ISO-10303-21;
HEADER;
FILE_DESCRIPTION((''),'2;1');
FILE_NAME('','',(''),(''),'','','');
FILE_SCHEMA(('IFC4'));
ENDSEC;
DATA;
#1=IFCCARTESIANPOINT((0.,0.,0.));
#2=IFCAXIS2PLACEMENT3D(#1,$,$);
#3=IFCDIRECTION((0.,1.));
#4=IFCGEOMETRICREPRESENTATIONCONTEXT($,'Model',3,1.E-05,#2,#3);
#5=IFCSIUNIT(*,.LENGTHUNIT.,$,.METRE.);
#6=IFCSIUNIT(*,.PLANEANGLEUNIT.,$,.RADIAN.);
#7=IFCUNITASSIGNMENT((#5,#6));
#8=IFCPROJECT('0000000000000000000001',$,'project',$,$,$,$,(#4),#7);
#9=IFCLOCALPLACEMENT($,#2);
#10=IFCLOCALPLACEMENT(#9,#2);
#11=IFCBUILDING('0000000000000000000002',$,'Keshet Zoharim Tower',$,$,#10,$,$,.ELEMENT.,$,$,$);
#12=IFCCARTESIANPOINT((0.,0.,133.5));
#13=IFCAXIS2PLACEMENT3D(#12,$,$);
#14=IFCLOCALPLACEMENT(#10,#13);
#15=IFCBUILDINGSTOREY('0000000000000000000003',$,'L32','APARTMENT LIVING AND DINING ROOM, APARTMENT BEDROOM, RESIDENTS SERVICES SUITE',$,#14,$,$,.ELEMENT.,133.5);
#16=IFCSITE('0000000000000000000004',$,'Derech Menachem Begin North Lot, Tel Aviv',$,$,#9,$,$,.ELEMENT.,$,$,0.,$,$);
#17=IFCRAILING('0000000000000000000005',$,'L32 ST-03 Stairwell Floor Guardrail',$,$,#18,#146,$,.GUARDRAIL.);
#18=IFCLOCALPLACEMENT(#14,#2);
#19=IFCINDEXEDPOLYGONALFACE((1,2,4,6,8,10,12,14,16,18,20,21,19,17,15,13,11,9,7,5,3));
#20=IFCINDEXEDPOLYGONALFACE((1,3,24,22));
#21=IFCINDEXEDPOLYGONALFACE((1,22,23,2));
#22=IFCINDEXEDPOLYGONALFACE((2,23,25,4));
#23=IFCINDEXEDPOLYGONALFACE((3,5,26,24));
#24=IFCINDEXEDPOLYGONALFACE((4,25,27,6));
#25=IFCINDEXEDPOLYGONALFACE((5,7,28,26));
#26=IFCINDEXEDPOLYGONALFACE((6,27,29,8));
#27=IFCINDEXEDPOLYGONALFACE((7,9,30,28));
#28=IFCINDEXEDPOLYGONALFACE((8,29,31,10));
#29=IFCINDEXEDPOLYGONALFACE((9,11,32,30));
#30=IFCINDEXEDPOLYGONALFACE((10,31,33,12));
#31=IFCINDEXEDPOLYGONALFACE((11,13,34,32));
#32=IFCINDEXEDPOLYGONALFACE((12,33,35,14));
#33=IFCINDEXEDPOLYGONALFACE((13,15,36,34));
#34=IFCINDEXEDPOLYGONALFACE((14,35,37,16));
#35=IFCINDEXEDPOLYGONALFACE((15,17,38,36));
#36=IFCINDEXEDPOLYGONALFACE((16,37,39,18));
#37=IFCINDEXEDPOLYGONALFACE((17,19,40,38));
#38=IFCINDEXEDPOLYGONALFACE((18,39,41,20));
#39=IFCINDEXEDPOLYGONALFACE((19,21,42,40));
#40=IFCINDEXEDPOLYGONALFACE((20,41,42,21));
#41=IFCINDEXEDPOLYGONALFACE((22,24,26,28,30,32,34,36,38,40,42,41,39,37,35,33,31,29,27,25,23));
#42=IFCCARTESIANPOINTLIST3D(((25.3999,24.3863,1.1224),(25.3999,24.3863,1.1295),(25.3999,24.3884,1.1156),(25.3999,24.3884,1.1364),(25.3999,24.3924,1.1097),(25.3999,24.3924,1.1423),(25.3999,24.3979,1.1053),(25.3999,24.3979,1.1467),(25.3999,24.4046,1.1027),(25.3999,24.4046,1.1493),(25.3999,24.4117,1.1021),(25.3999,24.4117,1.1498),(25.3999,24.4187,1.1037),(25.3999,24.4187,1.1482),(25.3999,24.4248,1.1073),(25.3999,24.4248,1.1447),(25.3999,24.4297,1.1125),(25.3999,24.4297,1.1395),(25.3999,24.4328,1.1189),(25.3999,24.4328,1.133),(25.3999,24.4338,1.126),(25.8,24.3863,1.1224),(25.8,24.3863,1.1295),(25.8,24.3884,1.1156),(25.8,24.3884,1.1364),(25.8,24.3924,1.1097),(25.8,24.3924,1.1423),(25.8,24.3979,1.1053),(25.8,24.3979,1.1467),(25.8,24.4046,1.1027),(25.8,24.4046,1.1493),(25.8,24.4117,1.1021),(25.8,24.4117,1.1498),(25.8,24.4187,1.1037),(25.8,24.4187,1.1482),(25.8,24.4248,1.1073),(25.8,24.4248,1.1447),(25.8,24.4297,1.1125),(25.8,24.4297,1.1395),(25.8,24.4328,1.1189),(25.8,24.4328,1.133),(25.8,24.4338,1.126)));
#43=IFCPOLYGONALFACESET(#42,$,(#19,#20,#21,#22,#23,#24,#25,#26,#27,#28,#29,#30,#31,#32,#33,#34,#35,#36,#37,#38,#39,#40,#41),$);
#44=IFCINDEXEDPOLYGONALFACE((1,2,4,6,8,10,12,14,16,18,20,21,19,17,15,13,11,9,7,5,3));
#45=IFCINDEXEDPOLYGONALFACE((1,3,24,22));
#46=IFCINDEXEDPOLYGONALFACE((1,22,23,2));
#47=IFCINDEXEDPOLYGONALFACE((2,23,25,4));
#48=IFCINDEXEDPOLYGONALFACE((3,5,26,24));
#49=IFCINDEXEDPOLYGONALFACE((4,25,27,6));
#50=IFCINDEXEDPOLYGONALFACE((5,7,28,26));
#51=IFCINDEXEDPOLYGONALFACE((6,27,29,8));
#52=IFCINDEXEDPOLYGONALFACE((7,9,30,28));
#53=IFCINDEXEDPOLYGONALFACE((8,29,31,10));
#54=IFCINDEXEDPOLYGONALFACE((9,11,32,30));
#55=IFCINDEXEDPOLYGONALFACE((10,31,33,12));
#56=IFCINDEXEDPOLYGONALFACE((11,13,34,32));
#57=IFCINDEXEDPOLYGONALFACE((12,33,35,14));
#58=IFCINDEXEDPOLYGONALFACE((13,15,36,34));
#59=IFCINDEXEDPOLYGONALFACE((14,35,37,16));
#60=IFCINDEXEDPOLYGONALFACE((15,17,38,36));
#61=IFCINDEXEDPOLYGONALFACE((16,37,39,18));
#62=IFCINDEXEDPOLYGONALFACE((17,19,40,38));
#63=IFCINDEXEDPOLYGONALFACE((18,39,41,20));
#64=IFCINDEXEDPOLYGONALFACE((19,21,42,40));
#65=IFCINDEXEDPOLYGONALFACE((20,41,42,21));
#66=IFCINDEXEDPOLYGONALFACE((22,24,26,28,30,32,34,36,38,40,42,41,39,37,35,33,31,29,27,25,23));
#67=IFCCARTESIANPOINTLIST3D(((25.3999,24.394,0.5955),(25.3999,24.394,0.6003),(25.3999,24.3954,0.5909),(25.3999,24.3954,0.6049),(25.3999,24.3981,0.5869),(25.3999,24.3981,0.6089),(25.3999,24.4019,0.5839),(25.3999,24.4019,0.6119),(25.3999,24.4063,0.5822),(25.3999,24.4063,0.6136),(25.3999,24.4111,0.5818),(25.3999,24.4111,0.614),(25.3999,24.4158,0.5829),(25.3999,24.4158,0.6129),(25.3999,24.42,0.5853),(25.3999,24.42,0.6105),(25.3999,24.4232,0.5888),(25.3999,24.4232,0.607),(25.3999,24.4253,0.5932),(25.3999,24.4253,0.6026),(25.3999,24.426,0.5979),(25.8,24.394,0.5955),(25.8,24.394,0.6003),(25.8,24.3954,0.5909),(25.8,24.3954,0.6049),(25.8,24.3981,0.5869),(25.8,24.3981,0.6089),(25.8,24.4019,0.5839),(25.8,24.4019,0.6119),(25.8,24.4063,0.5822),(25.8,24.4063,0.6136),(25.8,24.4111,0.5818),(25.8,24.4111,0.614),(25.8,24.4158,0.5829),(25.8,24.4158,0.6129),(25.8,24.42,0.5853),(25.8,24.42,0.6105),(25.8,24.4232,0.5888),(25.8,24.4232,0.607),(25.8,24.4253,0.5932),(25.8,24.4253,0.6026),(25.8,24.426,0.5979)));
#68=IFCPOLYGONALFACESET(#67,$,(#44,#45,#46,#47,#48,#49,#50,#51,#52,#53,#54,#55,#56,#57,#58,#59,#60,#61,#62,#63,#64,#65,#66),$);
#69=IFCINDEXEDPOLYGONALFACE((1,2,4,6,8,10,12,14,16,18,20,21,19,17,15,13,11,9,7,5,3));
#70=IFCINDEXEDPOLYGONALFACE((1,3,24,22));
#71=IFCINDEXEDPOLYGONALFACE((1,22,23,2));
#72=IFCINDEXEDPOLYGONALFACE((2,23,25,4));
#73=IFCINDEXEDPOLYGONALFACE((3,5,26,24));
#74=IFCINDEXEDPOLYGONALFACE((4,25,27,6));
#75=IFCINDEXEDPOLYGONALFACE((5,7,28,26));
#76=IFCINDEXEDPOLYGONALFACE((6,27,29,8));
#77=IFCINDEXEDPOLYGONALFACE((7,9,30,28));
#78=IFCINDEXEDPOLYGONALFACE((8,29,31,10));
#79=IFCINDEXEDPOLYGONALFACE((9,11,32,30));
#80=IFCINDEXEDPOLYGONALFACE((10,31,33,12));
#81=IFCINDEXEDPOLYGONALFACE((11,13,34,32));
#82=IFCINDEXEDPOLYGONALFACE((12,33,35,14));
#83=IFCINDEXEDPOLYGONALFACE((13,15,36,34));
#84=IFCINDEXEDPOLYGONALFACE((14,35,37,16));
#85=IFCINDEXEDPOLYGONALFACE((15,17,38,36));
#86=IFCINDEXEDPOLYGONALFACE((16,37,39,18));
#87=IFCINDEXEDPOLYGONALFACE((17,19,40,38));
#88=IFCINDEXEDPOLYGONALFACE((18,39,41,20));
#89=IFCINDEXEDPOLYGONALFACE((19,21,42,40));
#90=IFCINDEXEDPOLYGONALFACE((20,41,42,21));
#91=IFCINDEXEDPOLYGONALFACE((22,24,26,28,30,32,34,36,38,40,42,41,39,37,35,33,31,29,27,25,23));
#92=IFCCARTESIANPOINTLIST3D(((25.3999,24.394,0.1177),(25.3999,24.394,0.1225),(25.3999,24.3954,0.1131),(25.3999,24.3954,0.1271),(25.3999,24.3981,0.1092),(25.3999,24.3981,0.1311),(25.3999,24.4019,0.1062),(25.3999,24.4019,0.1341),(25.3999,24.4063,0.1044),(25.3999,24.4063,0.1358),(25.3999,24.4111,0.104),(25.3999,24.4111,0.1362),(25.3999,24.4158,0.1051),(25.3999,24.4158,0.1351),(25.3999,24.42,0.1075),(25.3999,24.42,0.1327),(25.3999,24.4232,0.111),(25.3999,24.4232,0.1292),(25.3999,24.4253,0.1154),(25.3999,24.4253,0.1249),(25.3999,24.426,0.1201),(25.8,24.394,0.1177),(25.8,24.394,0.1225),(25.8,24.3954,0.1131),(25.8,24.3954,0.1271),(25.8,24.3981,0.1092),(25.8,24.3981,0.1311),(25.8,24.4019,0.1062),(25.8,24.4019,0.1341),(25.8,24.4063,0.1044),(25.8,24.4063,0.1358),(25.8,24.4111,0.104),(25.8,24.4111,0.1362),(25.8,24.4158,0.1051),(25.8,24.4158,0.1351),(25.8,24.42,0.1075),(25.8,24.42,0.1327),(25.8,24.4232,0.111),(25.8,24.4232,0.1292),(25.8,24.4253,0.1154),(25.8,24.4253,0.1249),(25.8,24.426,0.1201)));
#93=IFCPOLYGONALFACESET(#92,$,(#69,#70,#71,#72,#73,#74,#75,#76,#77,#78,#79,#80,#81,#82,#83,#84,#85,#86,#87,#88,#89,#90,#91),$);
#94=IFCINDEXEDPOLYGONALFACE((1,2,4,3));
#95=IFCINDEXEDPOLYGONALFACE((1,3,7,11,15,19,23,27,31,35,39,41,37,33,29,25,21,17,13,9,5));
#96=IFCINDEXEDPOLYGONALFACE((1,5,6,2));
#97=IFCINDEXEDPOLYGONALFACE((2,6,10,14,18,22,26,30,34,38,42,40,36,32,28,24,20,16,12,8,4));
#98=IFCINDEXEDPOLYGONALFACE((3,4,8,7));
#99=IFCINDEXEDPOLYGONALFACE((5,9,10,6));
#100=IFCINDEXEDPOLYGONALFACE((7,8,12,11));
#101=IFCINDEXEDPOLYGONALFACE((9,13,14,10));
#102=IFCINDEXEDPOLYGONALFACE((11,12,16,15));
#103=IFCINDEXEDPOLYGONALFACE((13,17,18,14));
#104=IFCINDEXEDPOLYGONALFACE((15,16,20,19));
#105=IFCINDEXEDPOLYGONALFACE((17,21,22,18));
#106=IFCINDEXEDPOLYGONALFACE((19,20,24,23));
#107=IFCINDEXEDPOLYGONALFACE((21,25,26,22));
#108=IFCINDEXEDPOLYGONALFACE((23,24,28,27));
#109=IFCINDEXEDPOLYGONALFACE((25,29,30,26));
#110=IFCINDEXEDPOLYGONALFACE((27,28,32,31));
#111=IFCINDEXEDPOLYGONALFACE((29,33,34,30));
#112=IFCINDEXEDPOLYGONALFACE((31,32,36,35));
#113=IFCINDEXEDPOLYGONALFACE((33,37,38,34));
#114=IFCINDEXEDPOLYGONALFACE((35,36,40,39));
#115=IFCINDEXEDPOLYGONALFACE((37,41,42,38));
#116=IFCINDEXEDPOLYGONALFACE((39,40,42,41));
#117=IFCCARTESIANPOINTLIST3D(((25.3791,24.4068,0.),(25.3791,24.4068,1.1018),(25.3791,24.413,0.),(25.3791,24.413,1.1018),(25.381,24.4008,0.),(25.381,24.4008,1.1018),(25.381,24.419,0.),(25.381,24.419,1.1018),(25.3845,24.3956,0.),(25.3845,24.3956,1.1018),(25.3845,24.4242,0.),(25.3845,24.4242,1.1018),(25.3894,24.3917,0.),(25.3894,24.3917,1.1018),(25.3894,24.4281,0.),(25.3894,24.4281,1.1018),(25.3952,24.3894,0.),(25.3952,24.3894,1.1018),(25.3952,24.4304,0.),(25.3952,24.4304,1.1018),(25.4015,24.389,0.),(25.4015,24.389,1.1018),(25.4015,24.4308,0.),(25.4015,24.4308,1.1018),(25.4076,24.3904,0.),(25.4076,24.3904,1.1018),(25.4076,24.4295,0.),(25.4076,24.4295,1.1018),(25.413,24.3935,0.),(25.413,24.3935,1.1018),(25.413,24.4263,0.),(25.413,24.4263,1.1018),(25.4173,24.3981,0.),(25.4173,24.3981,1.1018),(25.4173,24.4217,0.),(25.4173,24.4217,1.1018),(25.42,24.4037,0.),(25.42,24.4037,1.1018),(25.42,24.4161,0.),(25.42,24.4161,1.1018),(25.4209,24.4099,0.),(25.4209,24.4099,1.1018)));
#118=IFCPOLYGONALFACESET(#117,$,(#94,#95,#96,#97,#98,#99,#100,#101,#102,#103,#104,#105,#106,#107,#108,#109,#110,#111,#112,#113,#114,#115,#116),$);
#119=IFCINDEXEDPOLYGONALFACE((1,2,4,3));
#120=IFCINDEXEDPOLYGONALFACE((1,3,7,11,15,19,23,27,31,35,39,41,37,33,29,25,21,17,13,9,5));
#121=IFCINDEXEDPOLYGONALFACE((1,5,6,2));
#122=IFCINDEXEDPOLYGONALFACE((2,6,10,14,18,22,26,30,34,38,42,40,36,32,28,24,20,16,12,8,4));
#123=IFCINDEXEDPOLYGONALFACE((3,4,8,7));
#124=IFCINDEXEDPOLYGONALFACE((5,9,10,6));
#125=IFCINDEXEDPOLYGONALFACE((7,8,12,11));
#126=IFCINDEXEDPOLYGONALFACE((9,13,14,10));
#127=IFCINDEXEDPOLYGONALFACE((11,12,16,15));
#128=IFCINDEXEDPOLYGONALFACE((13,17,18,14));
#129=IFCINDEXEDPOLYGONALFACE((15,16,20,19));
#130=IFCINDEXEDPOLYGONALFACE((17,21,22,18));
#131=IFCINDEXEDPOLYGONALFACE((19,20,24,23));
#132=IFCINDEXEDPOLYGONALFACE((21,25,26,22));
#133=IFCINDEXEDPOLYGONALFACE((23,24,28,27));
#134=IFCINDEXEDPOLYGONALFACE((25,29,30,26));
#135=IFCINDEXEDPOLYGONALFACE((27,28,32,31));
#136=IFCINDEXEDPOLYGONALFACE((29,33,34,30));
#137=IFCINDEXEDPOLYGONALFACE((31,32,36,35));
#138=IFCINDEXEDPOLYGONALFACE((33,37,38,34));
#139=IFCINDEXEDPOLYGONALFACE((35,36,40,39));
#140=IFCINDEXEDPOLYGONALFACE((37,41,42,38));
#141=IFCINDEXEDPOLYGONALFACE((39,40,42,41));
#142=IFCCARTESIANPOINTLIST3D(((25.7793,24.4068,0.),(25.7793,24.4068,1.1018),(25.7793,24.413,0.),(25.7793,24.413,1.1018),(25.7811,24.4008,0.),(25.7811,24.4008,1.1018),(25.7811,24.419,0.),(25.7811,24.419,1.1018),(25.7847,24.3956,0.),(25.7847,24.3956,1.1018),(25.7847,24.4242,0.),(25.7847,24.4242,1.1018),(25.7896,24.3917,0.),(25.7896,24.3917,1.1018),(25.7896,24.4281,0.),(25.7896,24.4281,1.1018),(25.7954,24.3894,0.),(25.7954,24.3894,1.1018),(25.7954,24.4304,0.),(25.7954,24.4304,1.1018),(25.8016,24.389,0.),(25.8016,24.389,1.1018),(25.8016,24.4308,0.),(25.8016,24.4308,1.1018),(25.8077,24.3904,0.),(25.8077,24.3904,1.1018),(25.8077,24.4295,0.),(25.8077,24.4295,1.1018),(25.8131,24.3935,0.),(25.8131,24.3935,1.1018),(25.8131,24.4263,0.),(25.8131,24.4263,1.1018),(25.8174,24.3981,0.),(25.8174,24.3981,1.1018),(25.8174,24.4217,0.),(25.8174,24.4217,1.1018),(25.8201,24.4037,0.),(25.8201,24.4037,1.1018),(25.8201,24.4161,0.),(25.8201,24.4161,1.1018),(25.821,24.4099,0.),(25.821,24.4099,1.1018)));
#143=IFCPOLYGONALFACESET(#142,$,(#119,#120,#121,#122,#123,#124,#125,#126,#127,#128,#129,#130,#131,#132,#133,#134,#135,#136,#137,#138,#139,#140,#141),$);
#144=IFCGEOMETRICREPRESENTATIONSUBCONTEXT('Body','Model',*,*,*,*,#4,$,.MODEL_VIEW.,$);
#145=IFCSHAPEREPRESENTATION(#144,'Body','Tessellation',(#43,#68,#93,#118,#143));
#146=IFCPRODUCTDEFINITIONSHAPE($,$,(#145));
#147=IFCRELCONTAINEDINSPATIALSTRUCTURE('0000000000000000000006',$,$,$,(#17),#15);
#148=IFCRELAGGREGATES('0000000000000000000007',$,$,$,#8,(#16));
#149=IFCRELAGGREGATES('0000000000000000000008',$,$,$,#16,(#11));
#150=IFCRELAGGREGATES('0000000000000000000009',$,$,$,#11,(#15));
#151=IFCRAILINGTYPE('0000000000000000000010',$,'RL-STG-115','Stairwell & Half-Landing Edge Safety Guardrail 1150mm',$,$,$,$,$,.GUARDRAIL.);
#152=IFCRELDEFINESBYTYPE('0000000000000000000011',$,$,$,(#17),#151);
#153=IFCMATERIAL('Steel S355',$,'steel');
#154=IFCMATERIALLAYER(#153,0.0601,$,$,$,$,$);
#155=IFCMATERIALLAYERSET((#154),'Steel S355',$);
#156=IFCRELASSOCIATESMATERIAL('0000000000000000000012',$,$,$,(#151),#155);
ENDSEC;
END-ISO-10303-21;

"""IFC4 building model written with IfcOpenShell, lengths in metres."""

from ifc_helpers import new_model, si_unit, direction, frame, origin, origin_2d, place, context, subcontext, project, spatial, circle, extrude, material, layer, layer_set, type_object, element, save


model = new_model("IFC4")

# Units and contexts
model_context = context("Model", 3, precision=1e-05, world=origin(), true_north=direction((0.0, 1.0)))
body_context = subcontext(model_context, "Body", "Model", "MODEL_VIEW")
ifc_project = project(units=[si_unit("LENGTHUNIT", "METRE"), si_unit("PLANEANGLEUNIT", "RADIAN")], contexts=[model_context])

# Site, building, storey
site_placement = place(None, origin())
site = spatial("IfcSite", under=ifc_project, at=site_placement, Name="Derech Menachem Begin North Lot, Tel Aviv", CompositionType="ELEMENT", RefElevation=0.0)
building_placement = place(site_placement, origin())
building = spatial("IfcBuilding", under=site, at=building_placement, Name="Keshet Zoharim Tower", CompositionType="ELEMENT")
storey_placement = place(building_placement, frame((0.0, 0.0, 133.5)))
storey = spatial("IfcBuildingStorey", under=building, at=storey_placement, Name="L32", Description="APARTMENT LIVING AND DINING ROOM, APARTMENT BEDROOM, RESIDENTS SERVICES SUITE", CompositionType="ELEMENT", Elevation=133.5)

# Shared definitions
ifc_material_1 = material(Name="Steel S355", Category="steel")

# Railing
ifc_layer_1 = layer(ifc_material_1, 0.0601)
ifc_layer_set_1 = layer_set([ifc_layer_1], Name="Steel S355")
railing_type_1 = type_object("IfcRailingType", Name="RL-STG-115", Description="Stairwell & Half-Landing Edge Safety Guardrail 1150mm", PredefinedType="GUARDRAIL", material=ifc_layer_set_1)
railing_1_placement = place(storey_placement, frame((25.3999, 24.4099, 0.0)))
element("IfcRailing", 1, at=railing_1_placement, inside=storey, type_object=railing_type_1, Name="L32 ST-03 Stairwell Floor Guardrail", PredefinedType="GUARDRAIL", context=body_context, shape_type="SweptSolid", body=[
    extrude(circle(Radius=0.0239, at=origin_2d()), frame((0.0, 0.0, 1.126), z_axis=(1.0, 0.0, 0.0), x_axis=(0.0, 1.0, 0.0)), (0.0, 0.0, 1.0), 0.4001),
    extrude(circle(Radius=0.0161, at=origin_2d()), frame((0.0, 0.0, 0.5979), z_axis=(1.0, 0.0, 0.0), x_axis=(0.0, 1.0, 0.0)), (0.0, 0.0, 1.0), 0.4001),
    extrude(circle(Radius=0.0161, at=origin_2d()), frame((0.0, 0.0, 0.1201), z_axis=(1.0, 0.0, 0.0), x_axis=(0.0, 1.0, 0.0)), (0.0, 0.0, 1.0), 0.4001),
    extrude(circle(Radius=0.021, at=origin_2d()), origin(), (0.0, 0.0, 1.0), 1.1018),
    extrude(circle(Radius=0.021, at=origin_2d()), frame((0.4001, 0.0, 0.0)), (0.0, 0.0, 1.0), 1.1018),
])

save(model, "model.ifc")
